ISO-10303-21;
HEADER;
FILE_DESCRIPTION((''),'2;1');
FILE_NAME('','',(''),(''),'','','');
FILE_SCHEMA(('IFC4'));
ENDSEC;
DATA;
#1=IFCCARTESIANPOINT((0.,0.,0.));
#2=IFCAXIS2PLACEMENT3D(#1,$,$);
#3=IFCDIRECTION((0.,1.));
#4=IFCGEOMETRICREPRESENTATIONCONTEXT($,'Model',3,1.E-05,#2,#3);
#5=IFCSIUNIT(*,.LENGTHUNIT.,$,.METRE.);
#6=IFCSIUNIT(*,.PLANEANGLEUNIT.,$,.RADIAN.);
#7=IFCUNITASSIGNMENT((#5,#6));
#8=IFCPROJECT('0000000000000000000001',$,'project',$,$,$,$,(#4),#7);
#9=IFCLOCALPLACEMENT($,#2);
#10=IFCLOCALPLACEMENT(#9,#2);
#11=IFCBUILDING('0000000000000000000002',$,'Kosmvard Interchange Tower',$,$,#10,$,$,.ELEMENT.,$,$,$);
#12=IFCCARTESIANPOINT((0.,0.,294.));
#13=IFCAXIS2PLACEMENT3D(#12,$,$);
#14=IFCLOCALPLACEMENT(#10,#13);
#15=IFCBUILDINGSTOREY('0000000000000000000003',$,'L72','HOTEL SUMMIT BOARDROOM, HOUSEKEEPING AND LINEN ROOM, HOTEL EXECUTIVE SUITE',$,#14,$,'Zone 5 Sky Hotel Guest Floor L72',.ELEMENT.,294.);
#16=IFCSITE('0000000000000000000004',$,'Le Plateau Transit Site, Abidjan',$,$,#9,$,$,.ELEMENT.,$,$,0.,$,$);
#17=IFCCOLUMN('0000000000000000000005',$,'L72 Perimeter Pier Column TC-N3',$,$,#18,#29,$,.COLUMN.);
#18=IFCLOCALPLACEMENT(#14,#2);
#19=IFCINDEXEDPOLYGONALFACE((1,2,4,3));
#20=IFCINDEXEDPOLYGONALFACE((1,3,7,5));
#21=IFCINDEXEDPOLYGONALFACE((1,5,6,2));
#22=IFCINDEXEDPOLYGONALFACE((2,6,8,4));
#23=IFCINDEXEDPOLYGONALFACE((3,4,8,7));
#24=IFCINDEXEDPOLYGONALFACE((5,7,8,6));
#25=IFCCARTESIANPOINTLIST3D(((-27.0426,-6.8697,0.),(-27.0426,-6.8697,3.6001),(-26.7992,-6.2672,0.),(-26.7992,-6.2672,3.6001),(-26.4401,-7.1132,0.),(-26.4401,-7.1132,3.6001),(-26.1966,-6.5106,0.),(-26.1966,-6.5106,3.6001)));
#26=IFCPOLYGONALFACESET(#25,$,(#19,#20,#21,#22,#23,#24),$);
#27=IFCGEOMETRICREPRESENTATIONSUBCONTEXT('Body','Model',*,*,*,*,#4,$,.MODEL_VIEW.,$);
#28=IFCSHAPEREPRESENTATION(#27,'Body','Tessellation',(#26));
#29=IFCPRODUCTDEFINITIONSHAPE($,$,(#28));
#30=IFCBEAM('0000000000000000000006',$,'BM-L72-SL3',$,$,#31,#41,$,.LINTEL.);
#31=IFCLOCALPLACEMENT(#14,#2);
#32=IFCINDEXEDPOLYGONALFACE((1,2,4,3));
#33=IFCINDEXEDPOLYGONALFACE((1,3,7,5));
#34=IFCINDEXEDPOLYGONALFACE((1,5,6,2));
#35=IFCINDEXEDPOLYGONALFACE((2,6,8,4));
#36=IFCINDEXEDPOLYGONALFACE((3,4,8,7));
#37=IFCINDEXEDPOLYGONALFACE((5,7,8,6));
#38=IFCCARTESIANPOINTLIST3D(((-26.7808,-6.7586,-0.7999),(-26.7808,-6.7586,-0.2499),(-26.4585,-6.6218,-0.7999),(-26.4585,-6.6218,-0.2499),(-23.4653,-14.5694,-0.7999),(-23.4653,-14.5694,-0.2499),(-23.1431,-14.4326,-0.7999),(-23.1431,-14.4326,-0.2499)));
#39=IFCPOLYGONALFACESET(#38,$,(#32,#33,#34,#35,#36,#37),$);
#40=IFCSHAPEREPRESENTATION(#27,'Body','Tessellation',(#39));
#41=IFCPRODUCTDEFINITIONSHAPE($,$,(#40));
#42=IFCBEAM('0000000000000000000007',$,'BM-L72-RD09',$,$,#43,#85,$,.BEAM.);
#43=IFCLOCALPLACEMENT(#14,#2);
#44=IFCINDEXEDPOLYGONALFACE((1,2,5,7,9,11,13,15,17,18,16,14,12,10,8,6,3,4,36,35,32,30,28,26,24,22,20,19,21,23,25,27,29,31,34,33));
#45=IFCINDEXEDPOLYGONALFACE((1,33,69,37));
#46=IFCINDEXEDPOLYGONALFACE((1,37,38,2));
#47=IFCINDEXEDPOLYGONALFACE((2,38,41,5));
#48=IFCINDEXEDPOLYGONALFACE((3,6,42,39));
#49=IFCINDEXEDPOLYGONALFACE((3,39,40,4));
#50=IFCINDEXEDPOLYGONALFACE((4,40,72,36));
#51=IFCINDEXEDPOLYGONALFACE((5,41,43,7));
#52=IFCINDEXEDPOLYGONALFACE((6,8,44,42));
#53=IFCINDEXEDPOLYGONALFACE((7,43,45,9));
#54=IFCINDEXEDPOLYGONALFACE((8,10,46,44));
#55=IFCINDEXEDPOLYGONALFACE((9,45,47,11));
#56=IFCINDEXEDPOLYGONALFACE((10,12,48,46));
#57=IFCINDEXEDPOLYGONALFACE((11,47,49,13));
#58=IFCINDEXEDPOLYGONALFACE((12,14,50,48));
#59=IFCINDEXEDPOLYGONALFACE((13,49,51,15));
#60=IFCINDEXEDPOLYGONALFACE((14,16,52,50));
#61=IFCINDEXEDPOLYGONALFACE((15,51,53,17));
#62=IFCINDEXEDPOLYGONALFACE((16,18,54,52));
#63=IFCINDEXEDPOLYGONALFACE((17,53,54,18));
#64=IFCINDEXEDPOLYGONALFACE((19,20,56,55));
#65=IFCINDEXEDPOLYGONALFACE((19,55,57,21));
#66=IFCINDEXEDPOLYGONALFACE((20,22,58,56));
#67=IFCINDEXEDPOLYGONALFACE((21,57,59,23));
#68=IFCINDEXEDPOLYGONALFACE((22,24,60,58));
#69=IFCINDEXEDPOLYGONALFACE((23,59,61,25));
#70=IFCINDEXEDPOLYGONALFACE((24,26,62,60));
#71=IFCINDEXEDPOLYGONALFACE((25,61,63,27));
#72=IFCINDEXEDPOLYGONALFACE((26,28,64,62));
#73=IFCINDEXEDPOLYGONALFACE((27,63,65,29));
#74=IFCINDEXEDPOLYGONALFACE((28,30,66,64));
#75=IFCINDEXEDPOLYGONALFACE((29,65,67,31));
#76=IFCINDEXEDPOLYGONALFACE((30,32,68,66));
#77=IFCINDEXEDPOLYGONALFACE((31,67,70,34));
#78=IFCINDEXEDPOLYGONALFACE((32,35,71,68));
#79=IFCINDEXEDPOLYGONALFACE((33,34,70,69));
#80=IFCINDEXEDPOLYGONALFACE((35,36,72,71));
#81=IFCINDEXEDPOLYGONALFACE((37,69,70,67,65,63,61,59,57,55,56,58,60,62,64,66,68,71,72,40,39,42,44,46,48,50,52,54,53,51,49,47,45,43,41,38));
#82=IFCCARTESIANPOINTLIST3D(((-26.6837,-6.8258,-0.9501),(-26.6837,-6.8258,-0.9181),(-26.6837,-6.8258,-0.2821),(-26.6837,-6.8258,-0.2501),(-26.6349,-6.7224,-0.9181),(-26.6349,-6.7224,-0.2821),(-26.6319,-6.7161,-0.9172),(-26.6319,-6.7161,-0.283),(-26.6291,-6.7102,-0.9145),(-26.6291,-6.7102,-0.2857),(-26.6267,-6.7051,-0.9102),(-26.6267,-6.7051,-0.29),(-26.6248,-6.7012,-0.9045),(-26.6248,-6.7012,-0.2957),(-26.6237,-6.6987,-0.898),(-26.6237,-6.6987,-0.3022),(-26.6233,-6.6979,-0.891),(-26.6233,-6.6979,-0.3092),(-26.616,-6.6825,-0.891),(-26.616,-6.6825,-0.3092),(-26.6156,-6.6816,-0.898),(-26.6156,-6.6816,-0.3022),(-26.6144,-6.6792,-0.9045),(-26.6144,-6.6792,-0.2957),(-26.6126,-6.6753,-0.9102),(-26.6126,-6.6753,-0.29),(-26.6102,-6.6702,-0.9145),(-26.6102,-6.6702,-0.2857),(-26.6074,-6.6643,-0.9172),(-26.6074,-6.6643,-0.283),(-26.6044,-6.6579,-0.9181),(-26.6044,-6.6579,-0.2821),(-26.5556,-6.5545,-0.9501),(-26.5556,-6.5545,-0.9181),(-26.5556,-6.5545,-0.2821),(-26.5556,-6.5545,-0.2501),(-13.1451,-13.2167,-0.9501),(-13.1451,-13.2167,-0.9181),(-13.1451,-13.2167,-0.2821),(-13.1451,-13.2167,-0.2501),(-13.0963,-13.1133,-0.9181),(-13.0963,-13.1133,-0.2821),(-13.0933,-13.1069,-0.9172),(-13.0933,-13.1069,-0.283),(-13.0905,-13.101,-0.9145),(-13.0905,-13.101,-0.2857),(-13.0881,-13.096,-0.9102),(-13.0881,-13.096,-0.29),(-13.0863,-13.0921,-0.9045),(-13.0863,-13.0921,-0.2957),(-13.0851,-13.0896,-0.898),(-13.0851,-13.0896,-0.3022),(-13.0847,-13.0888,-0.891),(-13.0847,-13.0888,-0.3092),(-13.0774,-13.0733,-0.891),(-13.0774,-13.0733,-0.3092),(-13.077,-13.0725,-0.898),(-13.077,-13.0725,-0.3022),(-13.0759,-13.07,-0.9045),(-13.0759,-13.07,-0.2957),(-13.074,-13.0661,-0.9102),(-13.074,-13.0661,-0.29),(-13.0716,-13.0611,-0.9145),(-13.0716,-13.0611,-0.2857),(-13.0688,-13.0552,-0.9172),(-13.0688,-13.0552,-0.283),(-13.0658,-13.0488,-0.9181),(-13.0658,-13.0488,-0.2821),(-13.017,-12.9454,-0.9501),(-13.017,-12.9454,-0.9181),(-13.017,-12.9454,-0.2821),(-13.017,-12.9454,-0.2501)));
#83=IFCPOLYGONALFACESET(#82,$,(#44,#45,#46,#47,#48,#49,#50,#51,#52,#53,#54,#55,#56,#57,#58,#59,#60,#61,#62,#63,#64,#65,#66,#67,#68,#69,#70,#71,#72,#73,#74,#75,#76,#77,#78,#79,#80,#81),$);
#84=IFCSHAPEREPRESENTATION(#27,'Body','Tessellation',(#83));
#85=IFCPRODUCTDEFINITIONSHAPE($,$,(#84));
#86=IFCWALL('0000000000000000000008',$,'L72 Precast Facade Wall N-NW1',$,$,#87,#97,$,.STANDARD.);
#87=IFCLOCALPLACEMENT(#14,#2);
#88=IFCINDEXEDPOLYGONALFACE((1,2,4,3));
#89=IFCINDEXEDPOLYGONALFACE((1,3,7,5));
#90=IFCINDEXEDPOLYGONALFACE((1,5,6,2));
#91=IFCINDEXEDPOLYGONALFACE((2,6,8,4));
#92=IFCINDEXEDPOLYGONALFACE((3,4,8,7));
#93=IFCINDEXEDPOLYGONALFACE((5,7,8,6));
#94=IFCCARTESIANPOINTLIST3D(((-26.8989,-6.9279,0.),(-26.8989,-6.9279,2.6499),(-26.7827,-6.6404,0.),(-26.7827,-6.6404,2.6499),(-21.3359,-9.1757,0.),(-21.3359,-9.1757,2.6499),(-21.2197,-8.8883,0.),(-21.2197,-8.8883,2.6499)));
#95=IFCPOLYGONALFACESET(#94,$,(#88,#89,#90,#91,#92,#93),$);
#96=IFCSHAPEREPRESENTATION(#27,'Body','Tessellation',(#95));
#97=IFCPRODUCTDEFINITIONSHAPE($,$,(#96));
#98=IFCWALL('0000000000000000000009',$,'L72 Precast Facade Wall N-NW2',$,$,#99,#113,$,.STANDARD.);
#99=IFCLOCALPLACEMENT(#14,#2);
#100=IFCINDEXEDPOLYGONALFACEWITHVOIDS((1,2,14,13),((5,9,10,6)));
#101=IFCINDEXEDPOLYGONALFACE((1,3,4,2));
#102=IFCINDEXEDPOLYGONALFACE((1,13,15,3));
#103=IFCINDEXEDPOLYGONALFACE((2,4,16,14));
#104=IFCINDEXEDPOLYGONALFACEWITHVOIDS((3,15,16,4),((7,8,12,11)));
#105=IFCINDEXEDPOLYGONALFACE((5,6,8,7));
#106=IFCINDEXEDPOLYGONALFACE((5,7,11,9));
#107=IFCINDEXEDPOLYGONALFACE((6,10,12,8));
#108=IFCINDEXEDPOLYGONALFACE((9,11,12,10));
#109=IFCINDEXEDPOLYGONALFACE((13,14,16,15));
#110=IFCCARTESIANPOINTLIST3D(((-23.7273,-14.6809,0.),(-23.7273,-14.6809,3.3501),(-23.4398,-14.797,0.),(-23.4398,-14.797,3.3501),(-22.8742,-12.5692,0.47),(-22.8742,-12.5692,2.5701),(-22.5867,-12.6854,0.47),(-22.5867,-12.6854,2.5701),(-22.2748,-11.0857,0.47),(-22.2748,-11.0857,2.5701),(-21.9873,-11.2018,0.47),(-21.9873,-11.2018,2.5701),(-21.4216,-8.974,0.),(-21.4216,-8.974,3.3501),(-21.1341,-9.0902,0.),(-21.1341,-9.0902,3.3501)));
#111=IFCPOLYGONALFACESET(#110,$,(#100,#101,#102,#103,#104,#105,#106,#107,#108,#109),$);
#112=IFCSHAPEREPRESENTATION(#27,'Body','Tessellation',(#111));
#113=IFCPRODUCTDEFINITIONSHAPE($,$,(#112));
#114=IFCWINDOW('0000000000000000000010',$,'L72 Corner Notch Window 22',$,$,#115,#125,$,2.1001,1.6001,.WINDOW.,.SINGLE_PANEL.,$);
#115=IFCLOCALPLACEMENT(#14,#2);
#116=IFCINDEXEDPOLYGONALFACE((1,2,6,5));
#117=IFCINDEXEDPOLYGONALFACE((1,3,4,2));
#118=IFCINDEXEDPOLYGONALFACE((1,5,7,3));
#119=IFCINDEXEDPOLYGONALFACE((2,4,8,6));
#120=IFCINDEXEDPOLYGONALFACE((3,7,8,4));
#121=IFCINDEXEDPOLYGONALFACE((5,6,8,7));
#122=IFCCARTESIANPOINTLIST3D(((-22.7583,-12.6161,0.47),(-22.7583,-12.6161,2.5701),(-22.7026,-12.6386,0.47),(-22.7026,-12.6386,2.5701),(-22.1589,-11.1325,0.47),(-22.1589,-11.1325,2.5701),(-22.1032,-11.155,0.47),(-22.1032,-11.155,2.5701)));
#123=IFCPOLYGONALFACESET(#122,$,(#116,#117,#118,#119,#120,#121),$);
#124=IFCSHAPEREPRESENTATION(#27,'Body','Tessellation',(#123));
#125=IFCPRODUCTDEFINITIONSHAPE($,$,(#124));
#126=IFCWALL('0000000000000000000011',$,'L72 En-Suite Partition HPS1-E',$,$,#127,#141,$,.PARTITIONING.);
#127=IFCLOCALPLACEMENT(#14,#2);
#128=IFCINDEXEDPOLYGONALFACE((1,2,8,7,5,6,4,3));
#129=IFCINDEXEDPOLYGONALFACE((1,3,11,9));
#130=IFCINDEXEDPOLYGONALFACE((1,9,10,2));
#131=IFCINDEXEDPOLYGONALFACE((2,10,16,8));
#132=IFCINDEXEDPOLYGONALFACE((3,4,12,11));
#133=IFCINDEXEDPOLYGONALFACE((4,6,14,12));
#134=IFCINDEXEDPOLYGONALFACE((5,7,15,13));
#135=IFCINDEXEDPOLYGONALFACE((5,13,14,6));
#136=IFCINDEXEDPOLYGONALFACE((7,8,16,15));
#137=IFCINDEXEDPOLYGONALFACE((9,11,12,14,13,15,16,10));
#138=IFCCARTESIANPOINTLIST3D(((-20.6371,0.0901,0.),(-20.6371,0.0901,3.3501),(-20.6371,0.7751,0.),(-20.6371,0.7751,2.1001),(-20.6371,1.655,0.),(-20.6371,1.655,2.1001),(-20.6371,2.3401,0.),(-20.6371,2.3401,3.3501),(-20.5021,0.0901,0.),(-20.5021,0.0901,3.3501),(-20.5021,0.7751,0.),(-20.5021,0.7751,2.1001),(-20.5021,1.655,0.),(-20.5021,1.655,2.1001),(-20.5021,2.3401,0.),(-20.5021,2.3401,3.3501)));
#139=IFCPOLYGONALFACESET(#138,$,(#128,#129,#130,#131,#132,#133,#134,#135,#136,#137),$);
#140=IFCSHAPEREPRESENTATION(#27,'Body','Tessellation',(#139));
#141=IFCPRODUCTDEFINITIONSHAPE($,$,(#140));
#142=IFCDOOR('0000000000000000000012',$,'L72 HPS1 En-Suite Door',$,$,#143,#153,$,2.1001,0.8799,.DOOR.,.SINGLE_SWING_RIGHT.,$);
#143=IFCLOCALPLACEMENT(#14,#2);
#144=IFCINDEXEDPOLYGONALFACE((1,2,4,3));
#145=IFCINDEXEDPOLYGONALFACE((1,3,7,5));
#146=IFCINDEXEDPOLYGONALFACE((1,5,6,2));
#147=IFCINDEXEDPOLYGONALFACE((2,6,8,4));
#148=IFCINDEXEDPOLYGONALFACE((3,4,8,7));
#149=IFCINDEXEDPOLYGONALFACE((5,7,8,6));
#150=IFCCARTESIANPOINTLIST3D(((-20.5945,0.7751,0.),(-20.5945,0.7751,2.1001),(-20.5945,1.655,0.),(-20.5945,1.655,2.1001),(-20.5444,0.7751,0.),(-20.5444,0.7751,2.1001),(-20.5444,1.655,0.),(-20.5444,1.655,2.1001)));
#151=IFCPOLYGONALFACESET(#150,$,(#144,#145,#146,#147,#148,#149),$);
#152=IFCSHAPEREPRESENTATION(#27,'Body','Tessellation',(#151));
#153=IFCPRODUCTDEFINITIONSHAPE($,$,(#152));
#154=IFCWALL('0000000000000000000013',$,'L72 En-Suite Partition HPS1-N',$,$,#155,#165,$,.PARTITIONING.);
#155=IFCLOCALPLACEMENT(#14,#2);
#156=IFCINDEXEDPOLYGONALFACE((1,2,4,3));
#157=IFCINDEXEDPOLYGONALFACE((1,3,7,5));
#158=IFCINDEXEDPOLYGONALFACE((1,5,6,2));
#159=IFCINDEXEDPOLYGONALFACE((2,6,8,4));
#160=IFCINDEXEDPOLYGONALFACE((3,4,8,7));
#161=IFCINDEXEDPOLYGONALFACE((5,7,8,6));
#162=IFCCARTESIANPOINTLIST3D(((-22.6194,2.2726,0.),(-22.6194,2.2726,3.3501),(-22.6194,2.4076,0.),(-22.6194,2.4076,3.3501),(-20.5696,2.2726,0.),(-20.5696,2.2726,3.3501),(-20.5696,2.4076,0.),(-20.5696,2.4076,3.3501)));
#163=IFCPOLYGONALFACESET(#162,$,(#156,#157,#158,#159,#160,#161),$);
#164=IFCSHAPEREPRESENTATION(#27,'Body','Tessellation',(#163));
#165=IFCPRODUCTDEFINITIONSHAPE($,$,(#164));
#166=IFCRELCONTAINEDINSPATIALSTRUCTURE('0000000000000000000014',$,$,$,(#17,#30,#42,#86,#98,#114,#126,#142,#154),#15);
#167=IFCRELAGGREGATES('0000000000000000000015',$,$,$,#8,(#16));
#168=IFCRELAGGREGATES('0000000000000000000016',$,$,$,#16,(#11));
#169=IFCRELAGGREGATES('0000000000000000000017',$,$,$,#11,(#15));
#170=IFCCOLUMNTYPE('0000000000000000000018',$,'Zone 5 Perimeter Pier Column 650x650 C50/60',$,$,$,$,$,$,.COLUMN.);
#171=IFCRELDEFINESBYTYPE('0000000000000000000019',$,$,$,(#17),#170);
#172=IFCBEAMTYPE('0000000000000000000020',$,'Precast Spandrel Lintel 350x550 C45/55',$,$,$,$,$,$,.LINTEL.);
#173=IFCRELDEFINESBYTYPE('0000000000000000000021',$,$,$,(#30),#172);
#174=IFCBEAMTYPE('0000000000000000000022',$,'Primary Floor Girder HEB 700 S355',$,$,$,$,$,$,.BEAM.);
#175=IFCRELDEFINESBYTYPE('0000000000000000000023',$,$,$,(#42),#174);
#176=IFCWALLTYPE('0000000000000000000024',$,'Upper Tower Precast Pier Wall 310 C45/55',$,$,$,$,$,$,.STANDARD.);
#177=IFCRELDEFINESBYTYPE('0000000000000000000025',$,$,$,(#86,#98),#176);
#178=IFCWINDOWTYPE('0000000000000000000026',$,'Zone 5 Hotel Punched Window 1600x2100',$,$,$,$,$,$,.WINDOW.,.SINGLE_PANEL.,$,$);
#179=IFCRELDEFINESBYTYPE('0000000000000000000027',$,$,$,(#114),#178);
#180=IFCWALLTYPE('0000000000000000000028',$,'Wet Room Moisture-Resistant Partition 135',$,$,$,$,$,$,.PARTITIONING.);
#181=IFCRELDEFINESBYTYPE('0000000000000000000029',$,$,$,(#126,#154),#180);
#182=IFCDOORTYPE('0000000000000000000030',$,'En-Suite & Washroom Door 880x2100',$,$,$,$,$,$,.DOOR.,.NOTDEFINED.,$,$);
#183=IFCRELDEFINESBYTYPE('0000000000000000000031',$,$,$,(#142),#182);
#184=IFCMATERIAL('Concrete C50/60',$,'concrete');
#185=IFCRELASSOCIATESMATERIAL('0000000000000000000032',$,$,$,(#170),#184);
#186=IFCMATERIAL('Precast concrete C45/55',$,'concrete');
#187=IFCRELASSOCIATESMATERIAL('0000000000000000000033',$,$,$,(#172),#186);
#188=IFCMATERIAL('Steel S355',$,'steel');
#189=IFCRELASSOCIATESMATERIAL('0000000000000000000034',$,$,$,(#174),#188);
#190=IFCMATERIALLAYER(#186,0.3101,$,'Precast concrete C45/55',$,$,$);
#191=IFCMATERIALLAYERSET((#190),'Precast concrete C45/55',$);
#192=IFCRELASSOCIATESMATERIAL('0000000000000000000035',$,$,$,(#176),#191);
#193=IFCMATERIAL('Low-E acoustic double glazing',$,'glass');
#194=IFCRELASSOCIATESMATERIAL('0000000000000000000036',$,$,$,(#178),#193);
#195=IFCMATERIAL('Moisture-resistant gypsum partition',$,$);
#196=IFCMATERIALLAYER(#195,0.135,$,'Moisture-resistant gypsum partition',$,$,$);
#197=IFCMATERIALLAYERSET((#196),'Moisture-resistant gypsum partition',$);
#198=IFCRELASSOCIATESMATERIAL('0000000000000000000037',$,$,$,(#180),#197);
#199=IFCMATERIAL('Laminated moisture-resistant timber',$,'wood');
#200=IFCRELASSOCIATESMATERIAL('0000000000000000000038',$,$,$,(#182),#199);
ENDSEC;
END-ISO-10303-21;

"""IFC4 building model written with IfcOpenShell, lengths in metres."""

from ifc_helpers import new_model, si_unit, direction, frame, frame_2d, origin, origin_2d, place, context, subcontext, project, spatial, rectangle, i_section, extrude, source, transform, mapped, material, layer, layer_set, material_profile, profile_set, type_object, element, fill, save


model = new_model("IFC4")

# Units and contexts
model_context = context("Model", 3, precision=1e-05, world=origin(), true_north=direction((0.0, 1.0)))
body_context = subcontext(model_context, "Body", "Model", "MODEL_VIEW")
ifc_project = project(units=[si_unit("LENGTHUNIT", "METRE"), si_unit("PLANEANGLEUNIT", "RADIAN")], contexts=[model_context])

# Site, building, storey
site_placement = place(None, origin())
site = spatial("IfcSite", under=ifc_project, at=site_placement, Name="Le Plateau Transit Site, Abidjan", CompositionType="ELEMENT", RefElevation=0.0)
building_placement = place(site_placement, origin())
building = spatial("IfcBuilding", under=site, at=building_placement, Name="Kosmvard Interchange Tower", CompositionType="ELEMENT")
storey_placement = place(building_placement, frame((0.0, 0.0, 294.0)))
storey = spatial("IfcBuildingStorey", under=building, at=storey_placement, Name="L72", Description="HOTEL SUMMIT BOARDROOM, HOUSEKEEPING AND LINEN ROOM, HOTEL EXECUTIVE SUITE", LongName="Zone 5 Sky Hotel Guest Floor L72", CompositionType="ELEMENT", Elevation=294.0)

# Column
ifc_material_1 = material(Name="Concrete C50/60", Category="concrete")
ifc_material_profile_1 = material_profile(ifc_material_1, rectangle(XDim=0.6499, YDim=0.6499, at=origin_2d()), Name="TC 650x650")
ifc_profile_set_1 = profile_set([ifc_material_profile_1], Name="Concrete C50/60")
column_type = type_object("IfcColumnType", Name="Zone 5 Perimeter Pier Column 650x650 C50/60", PredefinedType="COLUMN", material=ifc_profile_set_1)
shared_shape_1 = source(origin(), body_context, "Body", "SweptSolid", [
    extrude(rectangle(XDim=0.6499, YDim=0.6499, at=origin_2d()), origin(), (0.0, 0.0, 1.0), 3.6001),
])
column_placement = place(storey_placement, frame((-26.6196, -6.6902, 0.0), z_axis=(0.0, 0.0, 1.0), x_axis=(0.374607, 0.927184, 0.0)))
element("IfcColumn", 1, at=column_placement, inside=storey, type_object=column_type, Name="L72 Perimeter Pier Column TC-N3", PredefinedType="COLUMN", context=body_context, shape_type="MappedRepresentation", body=[
    mapped(shared_shape_1, transform((0.0, 0.0, 0.0), scale=1.0)),
])

# Beams
ifc_material_2 = material(Name="Precast concrete C45/55", Category="concrete")
ifc_material_profile_2 = material_profile(ifc_material_2, rectangle(XDim=0.3501, YDim=0.55, at=origin_2d()), Name="SL 350x550")
ifc_profile_set_2 = profile_set([ifc_material_profile_2], Name="Precast concrete C45/55")
beam_type_1 = type_object("IfcBeamType", Name="Precast Spandrel Lintel 350x550 C45/55", PredefinedType="LINTEL", material=ifc_profile_set_2)
shared_shape_2 = source(origin(), body_context, "Body", "SweptSolid", [
    extrude(rectangle(XDim=0.3501, YDim=0.55, at=origin_2d()), origin(), (0.0, 0.0, 1.0), 8.4854),
])
beam_1_placement = place(storey_placement, frame((-26.6196, -6.6902, -0.5249), z_axis=(0.390726, -0.920507, 0.0), x_axis=(0.920507, 0.390726, 0.0)))
element("IfcBeam", 2, at=beam_1_placement, inside=storey, type_object=beam_type_1, Name="BM-L72-SL3", PredefinedType="LINTEL", context=body_context, shape_type="MappedRepresentation", body=[
    mapped(shared_shape_2, transform((0.0, 0.0, 0.0), scale=1.0)),
])
ifc_material_3 = material(Name="Steel S355", Category="steel")
ifc_material_profile_3 = material_profile(ifc_material_3, i_section(OverallWidth=0.3, OverallDepth=0.7, WebThickness=0.0171, FlangeThickness=0.032, FilletRadius=0.0271, at=origin_2d()), Name="HEB 700")
ifc_profile_set_3 = profile_set([ifc_material_profile_3], Name="Steel S355")
beam_type_2 = type_object("IfcBeamType", Name="Primary Floor Girder HEB 700 S355", PredefinedType="BEAM", material=ifc_profile_set_3)
shared_shape_3 = source(origin(), body_context, "Body", "SweptSolid", [
    extrude(i_section(OverallWidth=0.3, OverallDepth=0.7, WebThickness=0.0171, FlangeThickness=0.032, FilletRadius=0.0271, at=origin_2d()), origin(), (0.0, 0.0, 1.0), 14.9712),
])
beam_2_placement = place(storey_placement, frame((-13.0811, -13.0811, -0.6001), z_axis=(-0.904309, 0.426878, 0.0), x_axis=(-0.426878, -0.904309, 0.0)))
element("IfcBeam", 3, at=beam_2_placement, inside=storey, type_object=beam_type_2, Name="BM-L72-RD09", PredefinedType="BEAM", context=body_context, shape_type="MappedRepresentation", body=[
    mapped(shared_shape_3, transform((0.0, 0.0, 0.0), scale=1.0)),
])

# Wall
ifc_layer_1 = layer(ifc_material_2, 0.3101, Name="Precast concrete C45/55")
ifc_layer_set_1 = layer_set([ifc_layer_1], Name="Precast concrete C45/55")
wall_type_1 = type_object("IfcWallType", Name="Upper Tower Precast Pier Wall 310 C45/55", PredefinedType="STANDARD", material=ifc_layer_set_1)
wall_1_placement = place(storey_placement, frame((-26.8408, -6.7842, 0.0), z_axis=(0.0, 0.0, 1.0), x_axis=(0.927172, -0.374637, 0.0)))
element("IfcWall", 4, at=wall_1_placement, inside=storey, type_object=wall_type_1, Name="L72 Precast Facade Wall N-NW1", PredefinedType="STANDARD", context=body_context, shape_type="SweptSolid", body=[
    extrude(rectangle(XDim=6.0, YDim=0.3101, at=frame_2d((3.0, 0.0))), origin(), (0.0, 0.0, 1.0), 2.6499),
])

# Wall, opening, window
wall_2_placement = place(storey_placement, frame((-21.2778, -9.032, 0.0), z_axis=(0.0, 0.0, 1.0), x_axis=(-0.374603, -0.927185, 0.0)))
wall_2 = element("IfcWall", 5, at=wall_2_placement, inside=storey, type_object=wall_type_1, Name="L72 Precast Facade Wall N-NW2", PredefinedType="STANDARD", context=body_context, shape_type="SweptSolid", body=[
    extrude(rectangle(XDim=6.155, YDim=0.3101, at=frame_2d((3.0776, 0.0))), origin(), (0.0, 0.0, 1.0), 3.3501),
])
opening_1_placement = place(wall_2_placement, frame((2.2776, 0.0, 0.47)))
opening_1 = element("IfcOpeningElement", 6, at=opening_1_placement, cuts=wall_2, PredefinedType="OPENING", context=body_context, shape_type="SweptSolid", body=[
    extrude(rectangle(XDim=1.6001, YDim=2.1001, at=frame_2d((0.8, 1.05))), frame((0.0, 0.165, 0.0), z_axis=(0.0, -1.0, 0.0), x_axis=(1.0, 0.0, 0.0)), (0.0, 0.0, 1.0), 0.3301),
])
ifc_material_4 = material(Name="Low-E acoustic double glazing", Category="glass")
window_type = type_object("IfcWindowType", Name="Zone 5 Hotel Punched Window 1600x2100", PartitioningType="SINGLE_PANEL", PredefinedType="WINDOW", material=ifc_material_4)
shared_shape_4 = source(origin(), body_context, "Body", "SweptSolid", [
    extrude(rectangle(XDim=1.6001, YDim=2.1001, at=frame_2d((0.8, 1.05))), frame((0.0, 0.03, 0.0), z_axis=(0.0, -1.0, 0.0), x_axis=(1.0, 0.0, 0.0)), (0.0, 0.0, 1.0), 0.0601),
])
window_placement = place(opening_1_placement, origin())
window = element("IfcWindow", 7, at=window_placement, inside=storey, type_object=window_type, Name="L72 Corner Notch Window 22", OverallHeight=2.1001, OverallWidth=1.6001, PartitioningType="SINGLE_PANEL", PredefinedType="WINDOW", context=body_context, shape_type="MappedRepresentation", body=[
    mapped(shared_shape_4, transform((0.0, 0.0, 0.0), scale=1.0)),
])
fill(opening_1, window)

# Wall, opening, door
ifc_material_5 = material(Name="Moisture-resistant gypsum partition")
ifc_layer_2 = layer(ifc_material_5, 0.135, Name="Moisture-resistant gypsum partition")
ifc_layer_set_2 = layer_set([ifc_layer_2], Name="Moisture-resistant gypsum partition")
wall_type_2 = type_object("IfcWallType", Name="Wet Room Moisture-Resistant Partition 135", PredefinedType="PARTITIONING", material=ifc_layer_set_2)
wall_3_placement = place(storey_placement, frame((-20.5696, 0.0901, 0.0), z_axis=(0.0, 0.0, 1.0), x_axis=(0.0, 1.0, 0.0)))
wall_3 = element("IfcWall", 8, at=wall_3_placement, inside=storey, type_object=wall_type_2, Name="L72 En-Suite Partition HPS1-E", PredefinedType="PARTITIONING", context=body_context, shape_type="SweptSolid", body=[
    extrude(rectangle(XDim=2.25, YDim=0.135, at=frame_2d((1.125, 0.0))), origin(), (0.0, 0.0, 1.0), 3.3501),
])
opening_2_placement = place(wall_3_placement, frame((0.6851, 0.0, 0.0)))
opening_2 = element("IfcOpeningElement", 9, at=opening_2_placement, cuts=wall_3, PredefinedType="OPENING", context=body_context, shape_type="SweptSolid", body=[
    extrude(rectangle(XDim=0.8799, YDim=2.1001, at=frame_2d((0.4399, 1.05))), frame((0.0, 0.0776, 0.0), z_axis=(0.0, -1.0, 0.0), x_axis=(1.0, 0.0, 0.0)), (0.0, 0.0, 1.0), 0.155),
])
ifc_material_6 = material(Name="Laminated moisture-resistant timber", Category="wood")
door_type = type_object("IfcDoorType", Name="En-Suite & Washroom Door 880x2100", OperationType="NOTDEFINED", PredefinedType="DOOR", material=ifc_material_6)
shared_shape_5 = source(origin(), body_context, "Body", "SweptSolid", [
    extrude(rectangle(XDim=0.8799, YDim=2.1001, at=frame_2d((0.4399, 1.05))), frame((0.0, 0.0249, 0.0), z_axis=(0.0, -1.0, 0.0), x_axis=(1.0, 0.0, 0.0)), (0.0, 0.0, 1.0), 0.05),
])
door_1_placement = place(opening_2_placement, origin())
door_1 = element("IfcDoor", 10, at=door_1_placement, inside=storey, type_object=door_type, Name="L72 HPS1 En-Suite Door", OperationType="SINGLE_SWING_RIGHT", OverallHeight=2.1001, OverallWidth=0.8799, PredefinedType="DOOR", context=body_context, shape_type="MappedRepresentation", body=[
    mapped(shared_shape_5, transform((0.0, 0.0, 0.0), scale=1.0)),
])
fill(opening_2, door_1)

# Wall
wall_4_placement = place(storey_placement, frame((-22.6194, 2.3401, 0.0), z_axis=(0.0, 0.0, 1.0), x_axis=(1.0, 0.0, 0.0)))
element("IfcWall", 11, at=wall_4_placement, inside=storey, type_object=wall_type_2, Name="L72 En-Suite Partition HPS1-N", PredefinedType="PARTITIONING", context=body_context, shape_type="SweptSolid", body=[
    extrude(rectangle(XDim=2.0498, YDim=0.135, at=frame_2d((1.0249, 0.0))), origin(), (0.0, 0.0, 1.0), 3.3501),
])

save(model, "model.ifc")
